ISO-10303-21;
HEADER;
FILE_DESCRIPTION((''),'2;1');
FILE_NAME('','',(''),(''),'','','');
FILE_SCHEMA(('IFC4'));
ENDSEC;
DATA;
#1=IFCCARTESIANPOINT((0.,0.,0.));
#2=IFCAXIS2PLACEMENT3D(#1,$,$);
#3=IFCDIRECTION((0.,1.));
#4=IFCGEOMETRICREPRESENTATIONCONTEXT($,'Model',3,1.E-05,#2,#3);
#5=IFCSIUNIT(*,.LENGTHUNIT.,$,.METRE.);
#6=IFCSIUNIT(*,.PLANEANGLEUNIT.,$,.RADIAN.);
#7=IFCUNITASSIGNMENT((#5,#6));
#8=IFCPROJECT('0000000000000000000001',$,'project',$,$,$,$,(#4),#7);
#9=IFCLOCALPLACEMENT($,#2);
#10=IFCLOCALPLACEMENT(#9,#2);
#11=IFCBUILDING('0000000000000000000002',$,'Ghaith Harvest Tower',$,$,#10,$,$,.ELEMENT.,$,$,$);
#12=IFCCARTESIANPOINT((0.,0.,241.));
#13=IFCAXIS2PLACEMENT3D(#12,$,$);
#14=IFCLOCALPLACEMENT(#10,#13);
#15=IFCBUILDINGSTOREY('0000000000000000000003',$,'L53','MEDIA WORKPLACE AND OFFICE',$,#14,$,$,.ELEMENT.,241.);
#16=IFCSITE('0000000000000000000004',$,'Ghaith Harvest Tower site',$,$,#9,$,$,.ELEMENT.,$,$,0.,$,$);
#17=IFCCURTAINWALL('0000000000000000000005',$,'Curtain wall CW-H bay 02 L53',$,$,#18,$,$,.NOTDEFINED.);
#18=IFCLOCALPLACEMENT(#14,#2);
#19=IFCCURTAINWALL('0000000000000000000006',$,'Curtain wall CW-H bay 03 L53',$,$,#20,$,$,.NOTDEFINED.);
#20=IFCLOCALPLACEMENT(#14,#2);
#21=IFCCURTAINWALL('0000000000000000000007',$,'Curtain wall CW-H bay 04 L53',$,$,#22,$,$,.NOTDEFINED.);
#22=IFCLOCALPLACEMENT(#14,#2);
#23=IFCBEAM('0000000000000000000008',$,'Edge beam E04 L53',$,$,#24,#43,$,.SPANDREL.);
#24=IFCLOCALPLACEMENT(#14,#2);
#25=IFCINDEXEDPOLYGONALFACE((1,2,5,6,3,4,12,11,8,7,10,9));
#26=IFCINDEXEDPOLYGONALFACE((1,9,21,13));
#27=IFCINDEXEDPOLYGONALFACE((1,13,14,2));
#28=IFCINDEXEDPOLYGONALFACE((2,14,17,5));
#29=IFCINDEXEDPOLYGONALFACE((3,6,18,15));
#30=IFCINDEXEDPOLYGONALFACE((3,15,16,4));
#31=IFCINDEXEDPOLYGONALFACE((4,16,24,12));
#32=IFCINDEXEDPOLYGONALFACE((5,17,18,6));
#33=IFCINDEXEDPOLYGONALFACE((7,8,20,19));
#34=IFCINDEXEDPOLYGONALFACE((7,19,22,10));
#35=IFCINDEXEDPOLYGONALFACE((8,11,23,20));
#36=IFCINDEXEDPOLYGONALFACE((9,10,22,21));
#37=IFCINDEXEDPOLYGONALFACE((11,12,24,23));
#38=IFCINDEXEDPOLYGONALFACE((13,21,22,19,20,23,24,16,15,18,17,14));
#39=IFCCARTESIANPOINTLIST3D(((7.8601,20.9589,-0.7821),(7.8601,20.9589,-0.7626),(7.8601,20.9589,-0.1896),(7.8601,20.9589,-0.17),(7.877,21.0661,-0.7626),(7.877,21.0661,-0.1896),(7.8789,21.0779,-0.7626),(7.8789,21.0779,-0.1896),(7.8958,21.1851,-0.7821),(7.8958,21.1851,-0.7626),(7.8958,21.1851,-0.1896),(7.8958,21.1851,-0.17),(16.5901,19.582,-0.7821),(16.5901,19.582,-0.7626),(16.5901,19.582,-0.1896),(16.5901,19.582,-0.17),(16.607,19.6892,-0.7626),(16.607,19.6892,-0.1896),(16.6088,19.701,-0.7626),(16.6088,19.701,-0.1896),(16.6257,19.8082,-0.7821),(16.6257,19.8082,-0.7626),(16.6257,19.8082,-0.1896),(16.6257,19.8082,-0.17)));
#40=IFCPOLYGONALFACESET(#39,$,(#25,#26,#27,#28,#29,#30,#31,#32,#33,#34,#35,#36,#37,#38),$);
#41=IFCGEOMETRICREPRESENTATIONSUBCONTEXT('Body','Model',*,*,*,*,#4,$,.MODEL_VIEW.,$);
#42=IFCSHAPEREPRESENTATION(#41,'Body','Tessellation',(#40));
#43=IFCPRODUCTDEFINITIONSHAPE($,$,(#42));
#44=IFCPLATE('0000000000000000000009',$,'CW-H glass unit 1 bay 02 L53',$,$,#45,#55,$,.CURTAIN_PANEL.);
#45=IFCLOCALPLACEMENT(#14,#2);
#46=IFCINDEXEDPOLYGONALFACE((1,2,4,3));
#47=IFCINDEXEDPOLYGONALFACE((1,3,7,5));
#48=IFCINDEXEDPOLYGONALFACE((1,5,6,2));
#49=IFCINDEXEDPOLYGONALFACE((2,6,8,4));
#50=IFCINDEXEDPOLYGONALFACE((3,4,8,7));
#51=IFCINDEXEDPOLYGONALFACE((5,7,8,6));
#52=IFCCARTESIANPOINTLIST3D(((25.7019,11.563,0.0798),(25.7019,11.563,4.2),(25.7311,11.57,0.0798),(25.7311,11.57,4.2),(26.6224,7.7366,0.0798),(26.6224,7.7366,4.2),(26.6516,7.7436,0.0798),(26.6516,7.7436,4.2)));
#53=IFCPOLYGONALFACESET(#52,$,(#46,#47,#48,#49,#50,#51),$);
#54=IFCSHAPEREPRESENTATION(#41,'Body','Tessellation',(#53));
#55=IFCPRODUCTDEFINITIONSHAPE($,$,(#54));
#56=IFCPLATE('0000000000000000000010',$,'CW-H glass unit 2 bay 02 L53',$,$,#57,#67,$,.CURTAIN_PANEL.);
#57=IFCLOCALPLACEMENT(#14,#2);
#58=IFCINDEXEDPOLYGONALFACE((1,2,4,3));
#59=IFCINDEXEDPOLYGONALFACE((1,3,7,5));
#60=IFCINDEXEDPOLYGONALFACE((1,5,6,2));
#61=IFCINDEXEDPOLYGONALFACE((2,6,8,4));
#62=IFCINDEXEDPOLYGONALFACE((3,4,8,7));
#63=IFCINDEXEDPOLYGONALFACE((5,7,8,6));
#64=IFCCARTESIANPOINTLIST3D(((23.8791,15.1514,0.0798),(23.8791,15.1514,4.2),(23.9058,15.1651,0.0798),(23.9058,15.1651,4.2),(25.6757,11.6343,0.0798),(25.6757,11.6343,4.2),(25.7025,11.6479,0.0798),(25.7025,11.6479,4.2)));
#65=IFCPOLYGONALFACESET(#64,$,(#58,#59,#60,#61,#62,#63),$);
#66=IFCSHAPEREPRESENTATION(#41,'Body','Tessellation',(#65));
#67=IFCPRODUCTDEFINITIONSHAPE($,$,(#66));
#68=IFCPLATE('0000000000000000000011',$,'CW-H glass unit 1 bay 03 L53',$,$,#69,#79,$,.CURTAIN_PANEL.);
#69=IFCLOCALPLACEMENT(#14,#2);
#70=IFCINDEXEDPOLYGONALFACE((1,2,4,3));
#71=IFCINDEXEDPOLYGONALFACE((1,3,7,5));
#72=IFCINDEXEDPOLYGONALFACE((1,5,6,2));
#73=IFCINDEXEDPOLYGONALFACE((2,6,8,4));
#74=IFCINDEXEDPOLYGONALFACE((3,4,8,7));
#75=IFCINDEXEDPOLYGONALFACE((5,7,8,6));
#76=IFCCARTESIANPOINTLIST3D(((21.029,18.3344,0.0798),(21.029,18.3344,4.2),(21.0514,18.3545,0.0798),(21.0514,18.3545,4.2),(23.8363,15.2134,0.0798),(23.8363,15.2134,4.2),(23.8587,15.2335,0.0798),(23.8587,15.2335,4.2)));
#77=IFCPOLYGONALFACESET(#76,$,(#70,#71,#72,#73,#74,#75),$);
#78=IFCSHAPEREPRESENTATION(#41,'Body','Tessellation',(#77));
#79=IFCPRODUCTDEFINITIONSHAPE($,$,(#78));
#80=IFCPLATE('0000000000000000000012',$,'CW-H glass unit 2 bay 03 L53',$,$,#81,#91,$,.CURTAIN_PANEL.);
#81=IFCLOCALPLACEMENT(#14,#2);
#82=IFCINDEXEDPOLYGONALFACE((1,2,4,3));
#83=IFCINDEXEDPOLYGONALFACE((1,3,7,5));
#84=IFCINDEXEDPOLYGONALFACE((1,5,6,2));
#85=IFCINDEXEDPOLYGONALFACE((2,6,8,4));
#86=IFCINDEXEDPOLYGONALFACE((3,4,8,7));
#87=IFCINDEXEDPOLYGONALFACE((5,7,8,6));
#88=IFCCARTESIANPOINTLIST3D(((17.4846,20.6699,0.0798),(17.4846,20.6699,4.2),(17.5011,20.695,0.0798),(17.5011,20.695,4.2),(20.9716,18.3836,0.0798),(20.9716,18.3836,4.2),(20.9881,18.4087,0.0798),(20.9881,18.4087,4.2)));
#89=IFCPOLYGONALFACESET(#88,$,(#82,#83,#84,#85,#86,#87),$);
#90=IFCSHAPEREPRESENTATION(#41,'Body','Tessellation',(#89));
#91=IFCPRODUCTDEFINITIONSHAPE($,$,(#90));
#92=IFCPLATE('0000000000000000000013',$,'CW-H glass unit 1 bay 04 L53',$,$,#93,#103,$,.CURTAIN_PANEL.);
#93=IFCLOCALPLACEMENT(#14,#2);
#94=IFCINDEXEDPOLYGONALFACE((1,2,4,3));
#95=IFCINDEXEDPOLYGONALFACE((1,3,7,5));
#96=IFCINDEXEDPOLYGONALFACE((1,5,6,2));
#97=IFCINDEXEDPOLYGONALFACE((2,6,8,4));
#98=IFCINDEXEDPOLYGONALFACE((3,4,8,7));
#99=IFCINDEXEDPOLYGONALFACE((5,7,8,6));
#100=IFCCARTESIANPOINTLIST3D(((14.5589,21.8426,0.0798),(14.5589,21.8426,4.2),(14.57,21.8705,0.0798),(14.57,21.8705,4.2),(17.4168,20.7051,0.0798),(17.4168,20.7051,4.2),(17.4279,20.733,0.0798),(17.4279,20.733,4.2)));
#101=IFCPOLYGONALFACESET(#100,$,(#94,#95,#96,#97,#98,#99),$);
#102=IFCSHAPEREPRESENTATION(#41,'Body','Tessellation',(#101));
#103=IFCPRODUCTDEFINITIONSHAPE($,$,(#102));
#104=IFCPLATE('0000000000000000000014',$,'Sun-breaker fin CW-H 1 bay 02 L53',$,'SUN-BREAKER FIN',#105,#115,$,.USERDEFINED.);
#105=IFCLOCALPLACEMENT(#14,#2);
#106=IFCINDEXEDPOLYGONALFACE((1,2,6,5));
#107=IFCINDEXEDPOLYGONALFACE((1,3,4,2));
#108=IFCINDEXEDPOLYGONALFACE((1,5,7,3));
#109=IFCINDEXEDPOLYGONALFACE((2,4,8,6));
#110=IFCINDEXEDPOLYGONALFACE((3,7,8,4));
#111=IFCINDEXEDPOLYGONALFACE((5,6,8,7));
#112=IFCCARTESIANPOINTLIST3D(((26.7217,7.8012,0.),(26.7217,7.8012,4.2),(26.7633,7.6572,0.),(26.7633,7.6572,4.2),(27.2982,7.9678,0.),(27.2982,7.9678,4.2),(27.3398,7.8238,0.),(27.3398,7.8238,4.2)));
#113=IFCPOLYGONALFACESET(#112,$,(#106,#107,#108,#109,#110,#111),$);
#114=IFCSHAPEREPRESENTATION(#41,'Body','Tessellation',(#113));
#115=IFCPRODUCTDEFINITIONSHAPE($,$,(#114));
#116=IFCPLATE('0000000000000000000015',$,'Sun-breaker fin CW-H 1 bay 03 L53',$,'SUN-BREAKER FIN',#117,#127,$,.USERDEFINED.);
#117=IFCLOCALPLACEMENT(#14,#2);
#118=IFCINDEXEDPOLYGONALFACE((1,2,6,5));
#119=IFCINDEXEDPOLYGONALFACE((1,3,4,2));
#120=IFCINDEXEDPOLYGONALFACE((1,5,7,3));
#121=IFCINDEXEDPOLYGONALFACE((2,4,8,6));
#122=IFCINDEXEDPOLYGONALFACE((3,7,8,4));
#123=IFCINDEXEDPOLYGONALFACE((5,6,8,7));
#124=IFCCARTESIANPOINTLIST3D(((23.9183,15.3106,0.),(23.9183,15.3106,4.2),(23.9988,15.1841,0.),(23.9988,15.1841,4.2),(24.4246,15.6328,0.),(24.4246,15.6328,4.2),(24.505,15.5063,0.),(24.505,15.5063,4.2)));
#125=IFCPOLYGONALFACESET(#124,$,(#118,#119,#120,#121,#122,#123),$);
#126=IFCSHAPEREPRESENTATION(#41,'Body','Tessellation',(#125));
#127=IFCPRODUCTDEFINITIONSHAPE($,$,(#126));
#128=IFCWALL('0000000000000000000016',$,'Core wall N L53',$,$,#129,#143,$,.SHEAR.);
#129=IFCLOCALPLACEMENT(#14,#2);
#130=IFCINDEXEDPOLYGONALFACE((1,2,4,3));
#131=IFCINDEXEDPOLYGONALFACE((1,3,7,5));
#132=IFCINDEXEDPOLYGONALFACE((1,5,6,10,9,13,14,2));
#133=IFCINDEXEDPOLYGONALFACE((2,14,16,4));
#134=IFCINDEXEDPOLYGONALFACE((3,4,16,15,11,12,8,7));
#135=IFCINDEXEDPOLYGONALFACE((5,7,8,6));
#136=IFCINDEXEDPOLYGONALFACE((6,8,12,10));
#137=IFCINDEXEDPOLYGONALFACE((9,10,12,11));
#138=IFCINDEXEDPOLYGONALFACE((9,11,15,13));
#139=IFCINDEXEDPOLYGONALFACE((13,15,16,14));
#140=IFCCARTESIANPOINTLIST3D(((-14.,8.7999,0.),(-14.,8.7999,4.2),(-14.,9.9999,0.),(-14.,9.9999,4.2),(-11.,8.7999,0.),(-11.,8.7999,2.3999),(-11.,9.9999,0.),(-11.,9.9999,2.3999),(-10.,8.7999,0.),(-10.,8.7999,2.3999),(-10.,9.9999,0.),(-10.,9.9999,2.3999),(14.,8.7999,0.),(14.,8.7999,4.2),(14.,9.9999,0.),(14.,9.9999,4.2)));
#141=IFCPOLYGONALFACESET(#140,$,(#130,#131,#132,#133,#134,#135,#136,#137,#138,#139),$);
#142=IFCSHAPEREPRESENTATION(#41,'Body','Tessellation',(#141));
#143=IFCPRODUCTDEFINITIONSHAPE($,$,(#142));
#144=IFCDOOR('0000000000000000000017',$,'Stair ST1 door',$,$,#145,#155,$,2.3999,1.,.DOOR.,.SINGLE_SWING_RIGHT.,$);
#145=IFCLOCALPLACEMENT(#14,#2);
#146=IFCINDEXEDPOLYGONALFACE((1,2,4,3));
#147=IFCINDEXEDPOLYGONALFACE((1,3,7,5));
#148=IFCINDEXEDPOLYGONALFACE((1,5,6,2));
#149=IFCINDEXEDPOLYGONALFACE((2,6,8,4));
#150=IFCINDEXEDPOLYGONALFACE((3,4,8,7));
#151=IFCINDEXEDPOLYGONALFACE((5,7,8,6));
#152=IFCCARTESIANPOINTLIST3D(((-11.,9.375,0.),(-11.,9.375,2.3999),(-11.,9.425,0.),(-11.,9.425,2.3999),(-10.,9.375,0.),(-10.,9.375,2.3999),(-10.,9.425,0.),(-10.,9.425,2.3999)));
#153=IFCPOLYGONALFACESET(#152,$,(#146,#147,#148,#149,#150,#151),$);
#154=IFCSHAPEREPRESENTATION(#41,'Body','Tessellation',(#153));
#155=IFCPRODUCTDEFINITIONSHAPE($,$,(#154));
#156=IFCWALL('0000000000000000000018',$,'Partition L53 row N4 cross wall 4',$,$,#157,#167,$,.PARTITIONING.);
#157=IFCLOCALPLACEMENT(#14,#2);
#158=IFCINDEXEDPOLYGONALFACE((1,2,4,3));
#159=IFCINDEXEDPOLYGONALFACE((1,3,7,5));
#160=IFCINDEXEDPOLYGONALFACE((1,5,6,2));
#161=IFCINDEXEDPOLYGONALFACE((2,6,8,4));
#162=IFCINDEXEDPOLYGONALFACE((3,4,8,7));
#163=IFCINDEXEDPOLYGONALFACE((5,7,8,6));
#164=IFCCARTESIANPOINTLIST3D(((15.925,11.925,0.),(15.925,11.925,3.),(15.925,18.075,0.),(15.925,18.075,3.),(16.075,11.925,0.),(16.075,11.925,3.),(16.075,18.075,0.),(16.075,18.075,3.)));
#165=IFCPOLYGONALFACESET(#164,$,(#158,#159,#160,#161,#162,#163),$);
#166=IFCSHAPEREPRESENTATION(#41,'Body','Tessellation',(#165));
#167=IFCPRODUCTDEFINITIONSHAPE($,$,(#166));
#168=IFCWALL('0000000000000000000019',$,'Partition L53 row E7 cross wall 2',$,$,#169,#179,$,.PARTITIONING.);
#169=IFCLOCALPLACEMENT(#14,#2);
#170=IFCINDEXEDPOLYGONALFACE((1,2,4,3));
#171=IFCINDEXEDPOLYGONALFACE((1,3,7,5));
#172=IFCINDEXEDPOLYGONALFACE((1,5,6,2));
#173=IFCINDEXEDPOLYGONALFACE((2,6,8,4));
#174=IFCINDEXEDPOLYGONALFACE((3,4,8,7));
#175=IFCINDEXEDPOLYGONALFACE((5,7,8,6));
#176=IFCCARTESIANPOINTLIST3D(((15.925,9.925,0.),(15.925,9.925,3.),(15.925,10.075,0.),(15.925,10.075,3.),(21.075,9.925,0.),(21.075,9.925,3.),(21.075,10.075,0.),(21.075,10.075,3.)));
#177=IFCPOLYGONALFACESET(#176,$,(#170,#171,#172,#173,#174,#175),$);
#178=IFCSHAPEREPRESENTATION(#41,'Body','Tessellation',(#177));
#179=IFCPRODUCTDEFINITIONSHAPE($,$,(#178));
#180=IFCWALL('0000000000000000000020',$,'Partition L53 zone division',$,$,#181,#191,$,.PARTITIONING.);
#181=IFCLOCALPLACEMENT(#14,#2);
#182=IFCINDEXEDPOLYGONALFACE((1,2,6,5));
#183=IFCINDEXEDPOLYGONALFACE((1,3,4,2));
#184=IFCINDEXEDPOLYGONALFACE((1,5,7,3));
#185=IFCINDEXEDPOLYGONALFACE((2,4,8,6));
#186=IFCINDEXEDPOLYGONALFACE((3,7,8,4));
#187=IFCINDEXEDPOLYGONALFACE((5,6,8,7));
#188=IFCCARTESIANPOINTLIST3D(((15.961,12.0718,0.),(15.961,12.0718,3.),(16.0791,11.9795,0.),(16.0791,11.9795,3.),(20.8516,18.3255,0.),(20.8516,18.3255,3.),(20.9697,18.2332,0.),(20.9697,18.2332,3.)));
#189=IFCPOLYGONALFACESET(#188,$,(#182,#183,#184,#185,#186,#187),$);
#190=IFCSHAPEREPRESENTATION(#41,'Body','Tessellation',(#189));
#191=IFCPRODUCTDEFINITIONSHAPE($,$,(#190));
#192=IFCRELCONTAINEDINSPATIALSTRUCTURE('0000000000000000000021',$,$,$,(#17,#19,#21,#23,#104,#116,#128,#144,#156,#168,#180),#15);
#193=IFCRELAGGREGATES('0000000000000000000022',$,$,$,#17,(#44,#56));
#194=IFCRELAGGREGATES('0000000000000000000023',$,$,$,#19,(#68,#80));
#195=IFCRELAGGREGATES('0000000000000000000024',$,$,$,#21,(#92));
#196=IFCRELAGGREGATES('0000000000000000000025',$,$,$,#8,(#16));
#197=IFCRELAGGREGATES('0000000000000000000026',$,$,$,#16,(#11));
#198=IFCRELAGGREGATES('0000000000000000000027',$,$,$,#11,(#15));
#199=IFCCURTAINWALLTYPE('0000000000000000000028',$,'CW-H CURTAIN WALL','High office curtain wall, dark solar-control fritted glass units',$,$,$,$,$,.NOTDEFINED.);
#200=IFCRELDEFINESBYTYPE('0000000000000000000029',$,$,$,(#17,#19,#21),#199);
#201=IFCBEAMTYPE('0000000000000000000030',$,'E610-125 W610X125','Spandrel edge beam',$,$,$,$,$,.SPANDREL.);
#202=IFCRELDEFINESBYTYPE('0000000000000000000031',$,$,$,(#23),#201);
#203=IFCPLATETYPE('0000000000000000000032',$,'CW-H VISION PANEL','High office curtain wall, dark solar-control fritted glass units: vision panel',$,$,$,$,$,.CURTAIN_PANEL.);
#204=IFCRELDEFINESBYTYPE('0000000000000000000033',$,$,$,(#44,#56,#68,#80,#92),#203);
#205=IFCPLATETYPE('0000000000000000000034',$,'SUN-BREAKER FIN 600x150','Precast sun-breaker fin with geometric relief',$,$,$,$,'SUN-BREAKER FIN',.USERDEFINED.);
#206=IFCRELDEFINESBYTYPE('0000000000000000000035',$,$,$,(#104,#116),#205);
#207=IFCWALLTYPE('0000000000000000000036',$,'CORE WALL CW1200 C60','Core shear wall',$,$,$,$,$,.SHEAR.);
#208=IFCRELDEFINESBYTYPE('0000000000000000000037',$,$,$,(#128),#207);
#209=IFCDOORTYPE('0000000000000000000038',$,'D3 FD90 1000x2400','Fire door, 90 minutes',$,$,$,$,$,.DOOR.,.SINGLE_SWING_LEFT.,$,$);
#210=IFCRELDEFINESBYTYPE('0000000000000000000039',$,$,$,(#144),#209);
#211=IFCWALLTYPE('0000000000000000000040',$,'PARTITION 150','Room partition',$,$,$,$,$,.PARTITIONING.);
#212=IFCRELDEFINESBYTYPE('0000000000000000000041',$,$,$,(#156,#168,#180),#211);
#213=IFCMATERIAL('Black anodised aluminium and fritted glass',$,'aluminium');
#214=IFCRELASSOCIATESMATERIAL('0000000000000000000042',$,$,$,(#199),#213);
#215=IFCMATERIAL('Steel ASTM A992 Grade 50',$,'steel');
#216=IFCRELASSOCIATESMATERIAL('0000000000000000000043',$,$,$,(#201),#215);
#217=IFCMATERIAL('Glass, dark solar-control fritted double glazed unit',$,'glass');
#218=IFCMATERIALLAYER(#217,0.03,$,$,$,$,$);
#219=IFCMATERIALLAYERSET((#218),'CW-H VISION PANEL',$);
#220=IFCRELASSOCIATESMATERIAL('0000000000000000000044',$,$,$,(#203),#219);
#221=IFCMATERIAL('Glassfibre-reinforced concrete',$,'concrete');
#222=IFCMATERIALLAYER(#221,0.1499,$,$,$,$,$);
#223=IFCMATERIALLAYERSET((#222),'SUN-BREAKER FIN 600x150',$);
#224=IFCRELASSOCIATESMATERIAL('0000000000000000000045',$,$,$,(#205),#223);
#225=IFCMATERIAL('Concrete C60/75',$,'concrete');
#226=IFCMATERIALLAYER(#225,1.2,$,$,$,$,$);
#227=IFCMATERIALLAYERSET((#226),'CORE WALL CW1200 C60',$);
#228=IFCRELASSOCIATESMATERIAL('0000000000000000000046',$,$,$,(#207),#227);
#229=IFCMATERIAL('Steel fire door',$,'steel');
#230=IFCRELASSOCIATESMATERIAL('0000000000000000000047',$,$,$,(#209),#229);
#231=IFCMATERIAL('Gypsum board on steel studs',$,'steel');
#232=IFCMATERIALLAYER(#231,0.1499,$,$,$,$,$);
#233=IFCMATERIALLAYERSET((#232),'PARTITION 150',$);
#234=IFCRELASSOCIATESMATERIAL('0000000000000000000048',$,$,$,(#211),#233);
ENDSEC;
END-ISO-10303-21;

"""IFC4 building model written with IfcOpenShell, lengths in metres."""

from ifc_helpers import new_model, si_unit, direction, frame, frame_2d, origin, origin_2d, place, context, subcontext, project, spatial, rectangle, i_section, extrude, material, layer, layer_set, material_profile, profile_set, type_object, element, fill, aggregate, save


model = new_model("IFC4")

# Units and contexts
model_context = context("Model", 3, precision=1e-05, world=origin(), true_north=direction((0.0, 1.0)))
body_context = subcontext(model_context, "Body", "Model", "MODEL_VIEW")
ifc_project = project(units=[si_unit("LENGTHUNIT", "METRE"), si_unit("PLANEANGLEUNIT", "RADIAN")], contexts=[model_context])

# Site, building, storey
site_placement = place(None, origin())
site = spatial("IfcSite", under=ifc_project, at=site_placement, Name="Ghaith Harvest Tower site", CompositionType="ELEMENT", RefElevation=0.0)
building_placement = place(site_placement, origin())
building = spatial("IfcBuilding", under=site, at=building_placement, Name="Ghaith Harvest Tower", CompositionType="ELEMENT")
storey_placement = place(building_placement, frame((0.0, 0.0, 241.0)))
storey = spatial("IfcBuildingStorey", under=building, at=storey_placement, Name="L53", Description="MEDIA WORKPLACE AND OFFICE", CompositionType="ELEMENT", Elevation=241.0)

# Curtain wall
ifc_material_1 = material(Name="Black anodised aluminium and fritted glass", Category="aluminium")
curtain_wall_type = type_object("IfcCurtainWallType", Name="CW-H CURTAIN WALL", Description="High office curtain wall, dark solar-control fritted glass units", PredefinedType="NOTDEFINED", material=ifc_material_1)
curtain_wall_1_placement = place(storey_placement, origin())
curtain_wall_1 = element("IfcCurtainWall", 1, at=curtain_wall_1_placement, inside=storey, type_object=curtain_wall_type, Name="Curtain wall CW-H bay 02 L53", PredefinedType="NOTDEFINED")

# Curtain walls
curtain_wall_2_placement = place(storey_placement, origin())
curtain_wall_2 = element("IfcCurtainWall", 2, at=curtain_wall_2_placement, inside=storey, type_object=curtain_wall_type, Name="Curtain wall CW-H bay 03 L53", PredefinedType="NOTDEFINED")
curtain_wall_3_placement = place(storey_placement, origin())
curtain_wall_3 = element("IfcCurtainWall", 3, at=curtain_wall_3_placement, inside=storey, type_object=curtain_wall_type, Name="Curtain wall CW-H bay 04 L53", PredefinedType="NOTDEFINED")

# Beam
ifc_material_2 = material(Name="Steel ASTM A992 Grade 50", Category="steel")
ifc_material_profile_1 = material_profile(ifc_material_2, i_section(OverallWidth=0.229, OverallDepth=0.6121, WebThickness=0.012, FlangeThickness=0.0195, at=origin_2d()), Name="W610X125")
ifc_profile_set_1 = profile_set([ifc_material_profile_1], Name="Steel ASTM A992 Grade 50")
beam_type = type_object("IfcBeamType", Name="E610-125 W610X125", Description="Spandrel edge beam", PredefinedType="SPANDREL", material=ifc_profile_set_1)
beam_1_placement = place(storey_placement, frame((16.6079, 19.6951, -0.4761), z_axis=(-0.987788, 0.155801, 0.0), x_axis=(-0.155801, -0.987788, 0.0)))
element("IfcBeam", 4, at=beam_1_placement, inside=storey, type_object=beam_type, Name="Edge beam E04 L53", PredefinedType="SPANDREL", context=body_context, shape_type="SweptSolid", body=[
    extrude(i_section(OverallWidth=0.229, OverallDepth=0.6121, WebThickness=0.012, FlangeThickness=0.0195, at=origin_2d()), origin(), (0.0, 0.0, 1.0), 8.8379),
])

# Plates
ifc_material_3 = material(Name="Glass, dark solar-control fritted double glazed unit", Category="glass")
ifc_layer_1 = layer(ifc_material_3, 0.03)
ifc_layer_set_1 = layer_set([ifc_layer_1], Name="CW-H VISION PANEL")
plate_type_1 = type_object("IfcPlateType", Name="CW-H VISION PANEL", Description="High office curtain wall, dark solar-control fritted glass units: vision panel", PredefinedType="CURTAIN_PANEL", material=ifc_layer_set_1)
plate_1_placement = place(storey_placement, frame((26.1768, 9.6533, 0.0798), z_axis=(0.0, 0.0, 1.0), x_axis=(-0.233894, 0.972262, 0.0)))
plate_1 = element("IfcPlate", 5, at=plate_1_placement, type_object=plate_type_1, Name="CW-H glass unit 1 bay 02 L53", PredefinedType="CURTAIN_PANEL", context=body_context, shape_type="SweptSolid", body=[
    extrude(rectangle(XDim=3.9355, YDim=0.03, at=origin_2d()), origin(), (0.0, 0.0, 1.0), 4.1201),
])
plate_2_placement = place(storey_placement, frame((24.7908, 13.3997, 0.0798), z_axis=(0.0, 0.0, 1.0), x_axis=(-0.454915, 0.890535, 0.0)))
plate_2 = element("IfcPlate", 6, at=plate_2_placement, type_object=plate_type_1, Name="CW-H glass unit 2 bay 02 L53", PredefinedType="CURTAIN_PANEL", context=body_context, shape_type="SweptSolid", body=[
    extrude(rectangle(XDim=3.9495, YDim=0.03, at=origin_2d()), origin(), (0.0, 0.0, 1.0), 4.1201),
])
aggregate(curtain_wall_1, [plate_1, plate_2])
plate_3_placement = place(storey_placement, frame((22.4438, 16.7839, 0.0798), z_axis=(0.0, 0.0, 1.0), x_axis=(-0.668758, 0.74348, 0.0)))
plate_3 = element("IfcPlate", 7, at=plate_3_placement, type_object=plate_type_1, Name="CW-H glass unit 1 bay 03 L53", PredefinedType="CURTAIN_PANEL", context=body_context, shape_type="SweptSolid", body=[
    extrude(rectangle(XDim=4.1978, YDim=0.03, at=origin_2d()), origin(), (0.0, 0.0, 1.0), 4.1201),
])
plate_4_placement = place(storey_placement, frame((19.2363, 19.5393, 0.0798), z_axis=(0.0, 0.0, 1.0), x_axis=(-0.836277, 0.548308, 0.0)))
plate_4 = element("IfcPlate", 8, at=plate_4_placement, type_object=plate_type_1, Name="CW-H glass unit 2 bay 03 L53", PredefinedType="CURTAIN_PANEL", context=body_context, shape_type="SweptSolid", body=[
    extrude(rectangle(XDim=4.1697, YDim=0.03, at=origin_2d()), origin(), (0.0, 0.0, 1.0), 4.1201),
])
aggregate(curtain_wall_2, [plate_3, plate_4])
plate_5_placement = place(storey_placement, frame((15.9934, 21.2878, 0.0798), z_axis=(0.0, 0.0, 1.0), x_axis=(-0.929107, 0.36981, 0.0)))
plate_5 = element("IfcPlate", 9, at=plate_5_placement, type_object=plate_type_1, Name="CW-H glass unit 1 bay 04 L53", PredefinedType="CURTAIN_PANEL", context=body_context, shape_type="SweptSolid", body=[
    extrude(rectangle(XDim=3.0759, YDim=0.03, at=origin_2d()), origin(), (0.0, 0.0, 1.0), 4.1201),
])
aggregate(curtain_wall_3, [plate_5])

# Plates
ifc_material_4 = material(Name="Glassfibre-reinforced concrete", Category="concrete")
ifc_layer_2 = layer(ifc_material_4, 0.1499)
ifc_layer_set_2 = layer_set([ifc_layer_2], Name="SUN-BREAKER FIN 600x150")
plate_type_2 = type_object("IfcPlateType", Name="SUN-BREAKER FIN 600x150", Description="Precast sun-breaker fin with geometric relief", ElementType="SUN-BREAKER FIN", PredefinedType="USERDEFINED", material=ifc_layer_set_2)
for number, where, z_axis, x_axis, name in (
    (10, (27.0308, 7.8125, 0.0), (0.0, 0.0, 1.0), (0.96068, 0.277657, 0.0), "Sun-breaker fin CW-H 1 bay 02 L53"),
    (11, (24.2117, 15.4084, 0.0), (0.0, 0.0, 1.0), (0.843644, 0.536903, 0.0), "Sun-breaker fin CW-H 1 bay 03 L53"),
):
    element("IfcPlate", number, at=place(storey_placement, frame(where, z_axis=z_axis, x_axis=x_axis)), inside=storey, type_object=plate_type_2, Name=name, ObjectType="SUN-BREAKER FIN", PredefinedType="USERDEFINED", context=body_context, shape_type="SweptSolid", body=[
        extrude(rectangle(XDim=0.6001, YDim=0.1499, at=origin_2d()), origin(), (0.0, 0.0, 1.0), 4.2),
    ])

# Wall, opening, door
ifc_material_5 = material(Name="Concrete C60/75", Category="concrete")
ifc_layer_3 = layer(ifc_material_5, 1.2)
ifc_layer_set_3 = layer_set([ifc_layer_3], Name="CORE WALL CW1200 C60")
wall_type_1 = type_object("IfcWallType", Name="CORE WALL CW1200 C60", Description="Core shear wall", PredefinedType="SHEAR", material=ifc_layer_set_3)
wall_1_placement = place(storey_placement, frame((14.0, 9.3999, 0.0), z_axis=(0.0, 0.0, 1.0), x_axis=(-1.0, 0.0, 0.0)))
wall_1 = element("IfcWall", 12, at=wall_1_placement, inside=storey, type_object=wall_type_1, Name="Core wall N L53", PredefinedType="SHEAR", context=body_context, shape_type="SweptSolid", body=[
    extrude(rectangle(XDim=28.0, YDim=1.2, at=frame_2d((14.0, 0.0))), origin(), (0.0, 0.0, 1.0), 4.2),
])
opening_placement = place(wall_1_placement, frame((24.0, 0.0, 0.0)))
opening = element("IfcOpeningElement", 13, at=opening_placement, cuts=wall_1, PredefinedType="OPENING", context=body_context, shape_type="SweptSolid", body=[
    extrude(rectangle(XDim=1.0, YDim=2.3999, at=frame_2d((0.5, 1.2))), frame((0.0, 0.6099, 0.0), z_axis=(0.0, -1.0, 0.0), x_axis=(1.0, 0.0, 0.0)), (0.0, 0.0, 1.0), 1.22),
])
ifc_material_6 = material(Name="Steel fire door", Category="steel")
door_type = type_object("IfcDoorType", Name="D3 FD90 1000x2400", Description="Fire door, 90 minutes", OperationType="SINGLE_SWING_LEFT", PredefinedType="DOOR", material=ifc_material_6)
door_placement = place(opening_placement, origin())
door = element("IfcDoor", 14, at=door_placement, inside=storey, type_object=door_type, Name="Stair ST1 door", OperationType="SINGLE_SWING_RIGHT", OverallHeight=2.3999, OverallWidth=1.0, PredefinedType="DOOR", context=body_context, shape_type="SweptSolid", body=[
    extrude(rectangle(XDim=1.0, YDim=2.3999, at=frame_2d((0.5, 1.2))), frame((0.0, 0.0249, 0.0), z_axis=(0.0, -1.0, 0.0), x_axis=(1.0, 0.0, 0.0)), (0.0, 0.0, 1.0), 0.05),
])
fill(opening, door)

# Walls
ifc_material_7 = material(Name="Gypsum board on steel studs", Category="steel")
ifc_layer_4 = layer(ifc_material_7, 0.1499)
ifc_layer_set_4 = layer_set([ifc_layer_4], Name="PARTITION 150")
wall_type_2 = type_object("IfcWallType", Name="PARTITION 150", Description="Room partition", PredefinedType="PARTITIONING", material=ifc_layer_set_4)
wall_2_placement = place(storey_placement, frame((16.0, 11.925, 0.0), z_axis=(0.0, 0.0, 1.0), x_axis=(0.0, 1.0, 0.0)))
element("IfcWall", 15, at=wall_2_placement, inside=storey, type_object=wall_type_2, Name="Partition L53 row N4 cross wall 4", PredefinedType="PARTITIONING", context=body_context, shape_type="SweptSolid", body=[
    extrude(rectangle(XDim=6.1499, YDim=0.1499, at=frame_2d((3.075, 0.0))), origin(), (0.0, 0.0, 1.0), 3.0),
])
wall_3_placement = place(storey_placement, frame((15.925, 10.0, 0.0), z_axis=(0.0, 0.0, 1.0), x_axis=(1.0, 0.0, 0.0)))
element("IfcWall", 16, at=wall_3_placement, inside=storey, type_object=wall_type_2, Name="Partition L53 row E7 cross wall 2", PredefinedType="PARTITIONING", context=body_context, shape_type="SweptSolid", body=[
    extrude(rectangle(XDim=5.1499, YDim=0.1499, at=frame_2d((2.575, 0.0))), origin(), (0.0, 0.0, 1.0), 3.0),
])
wall_4_placement = place(storey_placement, frame((16.02, 12.0256, 0.0), z_axis=(0.0, 0.0, 1.0), x_axis=(0.616031, 0.787722, 0.0)))
element("IfcWall", 17, at=wall_4_placement, inside=storey, type_object=wall_type_2, Name="Partition L53 zone division", PredefinedType="PARTITIONING", context=body_context, shape_type="SweptSolid", body=[
    extrude(rectangle(XDim=7.939, YDim=0.1499, at=frame_2d((3.9695, 0.0))), origin(), (0.0, 0.0, 1.0), 3.0),
])

save(model, "model.ifc")
